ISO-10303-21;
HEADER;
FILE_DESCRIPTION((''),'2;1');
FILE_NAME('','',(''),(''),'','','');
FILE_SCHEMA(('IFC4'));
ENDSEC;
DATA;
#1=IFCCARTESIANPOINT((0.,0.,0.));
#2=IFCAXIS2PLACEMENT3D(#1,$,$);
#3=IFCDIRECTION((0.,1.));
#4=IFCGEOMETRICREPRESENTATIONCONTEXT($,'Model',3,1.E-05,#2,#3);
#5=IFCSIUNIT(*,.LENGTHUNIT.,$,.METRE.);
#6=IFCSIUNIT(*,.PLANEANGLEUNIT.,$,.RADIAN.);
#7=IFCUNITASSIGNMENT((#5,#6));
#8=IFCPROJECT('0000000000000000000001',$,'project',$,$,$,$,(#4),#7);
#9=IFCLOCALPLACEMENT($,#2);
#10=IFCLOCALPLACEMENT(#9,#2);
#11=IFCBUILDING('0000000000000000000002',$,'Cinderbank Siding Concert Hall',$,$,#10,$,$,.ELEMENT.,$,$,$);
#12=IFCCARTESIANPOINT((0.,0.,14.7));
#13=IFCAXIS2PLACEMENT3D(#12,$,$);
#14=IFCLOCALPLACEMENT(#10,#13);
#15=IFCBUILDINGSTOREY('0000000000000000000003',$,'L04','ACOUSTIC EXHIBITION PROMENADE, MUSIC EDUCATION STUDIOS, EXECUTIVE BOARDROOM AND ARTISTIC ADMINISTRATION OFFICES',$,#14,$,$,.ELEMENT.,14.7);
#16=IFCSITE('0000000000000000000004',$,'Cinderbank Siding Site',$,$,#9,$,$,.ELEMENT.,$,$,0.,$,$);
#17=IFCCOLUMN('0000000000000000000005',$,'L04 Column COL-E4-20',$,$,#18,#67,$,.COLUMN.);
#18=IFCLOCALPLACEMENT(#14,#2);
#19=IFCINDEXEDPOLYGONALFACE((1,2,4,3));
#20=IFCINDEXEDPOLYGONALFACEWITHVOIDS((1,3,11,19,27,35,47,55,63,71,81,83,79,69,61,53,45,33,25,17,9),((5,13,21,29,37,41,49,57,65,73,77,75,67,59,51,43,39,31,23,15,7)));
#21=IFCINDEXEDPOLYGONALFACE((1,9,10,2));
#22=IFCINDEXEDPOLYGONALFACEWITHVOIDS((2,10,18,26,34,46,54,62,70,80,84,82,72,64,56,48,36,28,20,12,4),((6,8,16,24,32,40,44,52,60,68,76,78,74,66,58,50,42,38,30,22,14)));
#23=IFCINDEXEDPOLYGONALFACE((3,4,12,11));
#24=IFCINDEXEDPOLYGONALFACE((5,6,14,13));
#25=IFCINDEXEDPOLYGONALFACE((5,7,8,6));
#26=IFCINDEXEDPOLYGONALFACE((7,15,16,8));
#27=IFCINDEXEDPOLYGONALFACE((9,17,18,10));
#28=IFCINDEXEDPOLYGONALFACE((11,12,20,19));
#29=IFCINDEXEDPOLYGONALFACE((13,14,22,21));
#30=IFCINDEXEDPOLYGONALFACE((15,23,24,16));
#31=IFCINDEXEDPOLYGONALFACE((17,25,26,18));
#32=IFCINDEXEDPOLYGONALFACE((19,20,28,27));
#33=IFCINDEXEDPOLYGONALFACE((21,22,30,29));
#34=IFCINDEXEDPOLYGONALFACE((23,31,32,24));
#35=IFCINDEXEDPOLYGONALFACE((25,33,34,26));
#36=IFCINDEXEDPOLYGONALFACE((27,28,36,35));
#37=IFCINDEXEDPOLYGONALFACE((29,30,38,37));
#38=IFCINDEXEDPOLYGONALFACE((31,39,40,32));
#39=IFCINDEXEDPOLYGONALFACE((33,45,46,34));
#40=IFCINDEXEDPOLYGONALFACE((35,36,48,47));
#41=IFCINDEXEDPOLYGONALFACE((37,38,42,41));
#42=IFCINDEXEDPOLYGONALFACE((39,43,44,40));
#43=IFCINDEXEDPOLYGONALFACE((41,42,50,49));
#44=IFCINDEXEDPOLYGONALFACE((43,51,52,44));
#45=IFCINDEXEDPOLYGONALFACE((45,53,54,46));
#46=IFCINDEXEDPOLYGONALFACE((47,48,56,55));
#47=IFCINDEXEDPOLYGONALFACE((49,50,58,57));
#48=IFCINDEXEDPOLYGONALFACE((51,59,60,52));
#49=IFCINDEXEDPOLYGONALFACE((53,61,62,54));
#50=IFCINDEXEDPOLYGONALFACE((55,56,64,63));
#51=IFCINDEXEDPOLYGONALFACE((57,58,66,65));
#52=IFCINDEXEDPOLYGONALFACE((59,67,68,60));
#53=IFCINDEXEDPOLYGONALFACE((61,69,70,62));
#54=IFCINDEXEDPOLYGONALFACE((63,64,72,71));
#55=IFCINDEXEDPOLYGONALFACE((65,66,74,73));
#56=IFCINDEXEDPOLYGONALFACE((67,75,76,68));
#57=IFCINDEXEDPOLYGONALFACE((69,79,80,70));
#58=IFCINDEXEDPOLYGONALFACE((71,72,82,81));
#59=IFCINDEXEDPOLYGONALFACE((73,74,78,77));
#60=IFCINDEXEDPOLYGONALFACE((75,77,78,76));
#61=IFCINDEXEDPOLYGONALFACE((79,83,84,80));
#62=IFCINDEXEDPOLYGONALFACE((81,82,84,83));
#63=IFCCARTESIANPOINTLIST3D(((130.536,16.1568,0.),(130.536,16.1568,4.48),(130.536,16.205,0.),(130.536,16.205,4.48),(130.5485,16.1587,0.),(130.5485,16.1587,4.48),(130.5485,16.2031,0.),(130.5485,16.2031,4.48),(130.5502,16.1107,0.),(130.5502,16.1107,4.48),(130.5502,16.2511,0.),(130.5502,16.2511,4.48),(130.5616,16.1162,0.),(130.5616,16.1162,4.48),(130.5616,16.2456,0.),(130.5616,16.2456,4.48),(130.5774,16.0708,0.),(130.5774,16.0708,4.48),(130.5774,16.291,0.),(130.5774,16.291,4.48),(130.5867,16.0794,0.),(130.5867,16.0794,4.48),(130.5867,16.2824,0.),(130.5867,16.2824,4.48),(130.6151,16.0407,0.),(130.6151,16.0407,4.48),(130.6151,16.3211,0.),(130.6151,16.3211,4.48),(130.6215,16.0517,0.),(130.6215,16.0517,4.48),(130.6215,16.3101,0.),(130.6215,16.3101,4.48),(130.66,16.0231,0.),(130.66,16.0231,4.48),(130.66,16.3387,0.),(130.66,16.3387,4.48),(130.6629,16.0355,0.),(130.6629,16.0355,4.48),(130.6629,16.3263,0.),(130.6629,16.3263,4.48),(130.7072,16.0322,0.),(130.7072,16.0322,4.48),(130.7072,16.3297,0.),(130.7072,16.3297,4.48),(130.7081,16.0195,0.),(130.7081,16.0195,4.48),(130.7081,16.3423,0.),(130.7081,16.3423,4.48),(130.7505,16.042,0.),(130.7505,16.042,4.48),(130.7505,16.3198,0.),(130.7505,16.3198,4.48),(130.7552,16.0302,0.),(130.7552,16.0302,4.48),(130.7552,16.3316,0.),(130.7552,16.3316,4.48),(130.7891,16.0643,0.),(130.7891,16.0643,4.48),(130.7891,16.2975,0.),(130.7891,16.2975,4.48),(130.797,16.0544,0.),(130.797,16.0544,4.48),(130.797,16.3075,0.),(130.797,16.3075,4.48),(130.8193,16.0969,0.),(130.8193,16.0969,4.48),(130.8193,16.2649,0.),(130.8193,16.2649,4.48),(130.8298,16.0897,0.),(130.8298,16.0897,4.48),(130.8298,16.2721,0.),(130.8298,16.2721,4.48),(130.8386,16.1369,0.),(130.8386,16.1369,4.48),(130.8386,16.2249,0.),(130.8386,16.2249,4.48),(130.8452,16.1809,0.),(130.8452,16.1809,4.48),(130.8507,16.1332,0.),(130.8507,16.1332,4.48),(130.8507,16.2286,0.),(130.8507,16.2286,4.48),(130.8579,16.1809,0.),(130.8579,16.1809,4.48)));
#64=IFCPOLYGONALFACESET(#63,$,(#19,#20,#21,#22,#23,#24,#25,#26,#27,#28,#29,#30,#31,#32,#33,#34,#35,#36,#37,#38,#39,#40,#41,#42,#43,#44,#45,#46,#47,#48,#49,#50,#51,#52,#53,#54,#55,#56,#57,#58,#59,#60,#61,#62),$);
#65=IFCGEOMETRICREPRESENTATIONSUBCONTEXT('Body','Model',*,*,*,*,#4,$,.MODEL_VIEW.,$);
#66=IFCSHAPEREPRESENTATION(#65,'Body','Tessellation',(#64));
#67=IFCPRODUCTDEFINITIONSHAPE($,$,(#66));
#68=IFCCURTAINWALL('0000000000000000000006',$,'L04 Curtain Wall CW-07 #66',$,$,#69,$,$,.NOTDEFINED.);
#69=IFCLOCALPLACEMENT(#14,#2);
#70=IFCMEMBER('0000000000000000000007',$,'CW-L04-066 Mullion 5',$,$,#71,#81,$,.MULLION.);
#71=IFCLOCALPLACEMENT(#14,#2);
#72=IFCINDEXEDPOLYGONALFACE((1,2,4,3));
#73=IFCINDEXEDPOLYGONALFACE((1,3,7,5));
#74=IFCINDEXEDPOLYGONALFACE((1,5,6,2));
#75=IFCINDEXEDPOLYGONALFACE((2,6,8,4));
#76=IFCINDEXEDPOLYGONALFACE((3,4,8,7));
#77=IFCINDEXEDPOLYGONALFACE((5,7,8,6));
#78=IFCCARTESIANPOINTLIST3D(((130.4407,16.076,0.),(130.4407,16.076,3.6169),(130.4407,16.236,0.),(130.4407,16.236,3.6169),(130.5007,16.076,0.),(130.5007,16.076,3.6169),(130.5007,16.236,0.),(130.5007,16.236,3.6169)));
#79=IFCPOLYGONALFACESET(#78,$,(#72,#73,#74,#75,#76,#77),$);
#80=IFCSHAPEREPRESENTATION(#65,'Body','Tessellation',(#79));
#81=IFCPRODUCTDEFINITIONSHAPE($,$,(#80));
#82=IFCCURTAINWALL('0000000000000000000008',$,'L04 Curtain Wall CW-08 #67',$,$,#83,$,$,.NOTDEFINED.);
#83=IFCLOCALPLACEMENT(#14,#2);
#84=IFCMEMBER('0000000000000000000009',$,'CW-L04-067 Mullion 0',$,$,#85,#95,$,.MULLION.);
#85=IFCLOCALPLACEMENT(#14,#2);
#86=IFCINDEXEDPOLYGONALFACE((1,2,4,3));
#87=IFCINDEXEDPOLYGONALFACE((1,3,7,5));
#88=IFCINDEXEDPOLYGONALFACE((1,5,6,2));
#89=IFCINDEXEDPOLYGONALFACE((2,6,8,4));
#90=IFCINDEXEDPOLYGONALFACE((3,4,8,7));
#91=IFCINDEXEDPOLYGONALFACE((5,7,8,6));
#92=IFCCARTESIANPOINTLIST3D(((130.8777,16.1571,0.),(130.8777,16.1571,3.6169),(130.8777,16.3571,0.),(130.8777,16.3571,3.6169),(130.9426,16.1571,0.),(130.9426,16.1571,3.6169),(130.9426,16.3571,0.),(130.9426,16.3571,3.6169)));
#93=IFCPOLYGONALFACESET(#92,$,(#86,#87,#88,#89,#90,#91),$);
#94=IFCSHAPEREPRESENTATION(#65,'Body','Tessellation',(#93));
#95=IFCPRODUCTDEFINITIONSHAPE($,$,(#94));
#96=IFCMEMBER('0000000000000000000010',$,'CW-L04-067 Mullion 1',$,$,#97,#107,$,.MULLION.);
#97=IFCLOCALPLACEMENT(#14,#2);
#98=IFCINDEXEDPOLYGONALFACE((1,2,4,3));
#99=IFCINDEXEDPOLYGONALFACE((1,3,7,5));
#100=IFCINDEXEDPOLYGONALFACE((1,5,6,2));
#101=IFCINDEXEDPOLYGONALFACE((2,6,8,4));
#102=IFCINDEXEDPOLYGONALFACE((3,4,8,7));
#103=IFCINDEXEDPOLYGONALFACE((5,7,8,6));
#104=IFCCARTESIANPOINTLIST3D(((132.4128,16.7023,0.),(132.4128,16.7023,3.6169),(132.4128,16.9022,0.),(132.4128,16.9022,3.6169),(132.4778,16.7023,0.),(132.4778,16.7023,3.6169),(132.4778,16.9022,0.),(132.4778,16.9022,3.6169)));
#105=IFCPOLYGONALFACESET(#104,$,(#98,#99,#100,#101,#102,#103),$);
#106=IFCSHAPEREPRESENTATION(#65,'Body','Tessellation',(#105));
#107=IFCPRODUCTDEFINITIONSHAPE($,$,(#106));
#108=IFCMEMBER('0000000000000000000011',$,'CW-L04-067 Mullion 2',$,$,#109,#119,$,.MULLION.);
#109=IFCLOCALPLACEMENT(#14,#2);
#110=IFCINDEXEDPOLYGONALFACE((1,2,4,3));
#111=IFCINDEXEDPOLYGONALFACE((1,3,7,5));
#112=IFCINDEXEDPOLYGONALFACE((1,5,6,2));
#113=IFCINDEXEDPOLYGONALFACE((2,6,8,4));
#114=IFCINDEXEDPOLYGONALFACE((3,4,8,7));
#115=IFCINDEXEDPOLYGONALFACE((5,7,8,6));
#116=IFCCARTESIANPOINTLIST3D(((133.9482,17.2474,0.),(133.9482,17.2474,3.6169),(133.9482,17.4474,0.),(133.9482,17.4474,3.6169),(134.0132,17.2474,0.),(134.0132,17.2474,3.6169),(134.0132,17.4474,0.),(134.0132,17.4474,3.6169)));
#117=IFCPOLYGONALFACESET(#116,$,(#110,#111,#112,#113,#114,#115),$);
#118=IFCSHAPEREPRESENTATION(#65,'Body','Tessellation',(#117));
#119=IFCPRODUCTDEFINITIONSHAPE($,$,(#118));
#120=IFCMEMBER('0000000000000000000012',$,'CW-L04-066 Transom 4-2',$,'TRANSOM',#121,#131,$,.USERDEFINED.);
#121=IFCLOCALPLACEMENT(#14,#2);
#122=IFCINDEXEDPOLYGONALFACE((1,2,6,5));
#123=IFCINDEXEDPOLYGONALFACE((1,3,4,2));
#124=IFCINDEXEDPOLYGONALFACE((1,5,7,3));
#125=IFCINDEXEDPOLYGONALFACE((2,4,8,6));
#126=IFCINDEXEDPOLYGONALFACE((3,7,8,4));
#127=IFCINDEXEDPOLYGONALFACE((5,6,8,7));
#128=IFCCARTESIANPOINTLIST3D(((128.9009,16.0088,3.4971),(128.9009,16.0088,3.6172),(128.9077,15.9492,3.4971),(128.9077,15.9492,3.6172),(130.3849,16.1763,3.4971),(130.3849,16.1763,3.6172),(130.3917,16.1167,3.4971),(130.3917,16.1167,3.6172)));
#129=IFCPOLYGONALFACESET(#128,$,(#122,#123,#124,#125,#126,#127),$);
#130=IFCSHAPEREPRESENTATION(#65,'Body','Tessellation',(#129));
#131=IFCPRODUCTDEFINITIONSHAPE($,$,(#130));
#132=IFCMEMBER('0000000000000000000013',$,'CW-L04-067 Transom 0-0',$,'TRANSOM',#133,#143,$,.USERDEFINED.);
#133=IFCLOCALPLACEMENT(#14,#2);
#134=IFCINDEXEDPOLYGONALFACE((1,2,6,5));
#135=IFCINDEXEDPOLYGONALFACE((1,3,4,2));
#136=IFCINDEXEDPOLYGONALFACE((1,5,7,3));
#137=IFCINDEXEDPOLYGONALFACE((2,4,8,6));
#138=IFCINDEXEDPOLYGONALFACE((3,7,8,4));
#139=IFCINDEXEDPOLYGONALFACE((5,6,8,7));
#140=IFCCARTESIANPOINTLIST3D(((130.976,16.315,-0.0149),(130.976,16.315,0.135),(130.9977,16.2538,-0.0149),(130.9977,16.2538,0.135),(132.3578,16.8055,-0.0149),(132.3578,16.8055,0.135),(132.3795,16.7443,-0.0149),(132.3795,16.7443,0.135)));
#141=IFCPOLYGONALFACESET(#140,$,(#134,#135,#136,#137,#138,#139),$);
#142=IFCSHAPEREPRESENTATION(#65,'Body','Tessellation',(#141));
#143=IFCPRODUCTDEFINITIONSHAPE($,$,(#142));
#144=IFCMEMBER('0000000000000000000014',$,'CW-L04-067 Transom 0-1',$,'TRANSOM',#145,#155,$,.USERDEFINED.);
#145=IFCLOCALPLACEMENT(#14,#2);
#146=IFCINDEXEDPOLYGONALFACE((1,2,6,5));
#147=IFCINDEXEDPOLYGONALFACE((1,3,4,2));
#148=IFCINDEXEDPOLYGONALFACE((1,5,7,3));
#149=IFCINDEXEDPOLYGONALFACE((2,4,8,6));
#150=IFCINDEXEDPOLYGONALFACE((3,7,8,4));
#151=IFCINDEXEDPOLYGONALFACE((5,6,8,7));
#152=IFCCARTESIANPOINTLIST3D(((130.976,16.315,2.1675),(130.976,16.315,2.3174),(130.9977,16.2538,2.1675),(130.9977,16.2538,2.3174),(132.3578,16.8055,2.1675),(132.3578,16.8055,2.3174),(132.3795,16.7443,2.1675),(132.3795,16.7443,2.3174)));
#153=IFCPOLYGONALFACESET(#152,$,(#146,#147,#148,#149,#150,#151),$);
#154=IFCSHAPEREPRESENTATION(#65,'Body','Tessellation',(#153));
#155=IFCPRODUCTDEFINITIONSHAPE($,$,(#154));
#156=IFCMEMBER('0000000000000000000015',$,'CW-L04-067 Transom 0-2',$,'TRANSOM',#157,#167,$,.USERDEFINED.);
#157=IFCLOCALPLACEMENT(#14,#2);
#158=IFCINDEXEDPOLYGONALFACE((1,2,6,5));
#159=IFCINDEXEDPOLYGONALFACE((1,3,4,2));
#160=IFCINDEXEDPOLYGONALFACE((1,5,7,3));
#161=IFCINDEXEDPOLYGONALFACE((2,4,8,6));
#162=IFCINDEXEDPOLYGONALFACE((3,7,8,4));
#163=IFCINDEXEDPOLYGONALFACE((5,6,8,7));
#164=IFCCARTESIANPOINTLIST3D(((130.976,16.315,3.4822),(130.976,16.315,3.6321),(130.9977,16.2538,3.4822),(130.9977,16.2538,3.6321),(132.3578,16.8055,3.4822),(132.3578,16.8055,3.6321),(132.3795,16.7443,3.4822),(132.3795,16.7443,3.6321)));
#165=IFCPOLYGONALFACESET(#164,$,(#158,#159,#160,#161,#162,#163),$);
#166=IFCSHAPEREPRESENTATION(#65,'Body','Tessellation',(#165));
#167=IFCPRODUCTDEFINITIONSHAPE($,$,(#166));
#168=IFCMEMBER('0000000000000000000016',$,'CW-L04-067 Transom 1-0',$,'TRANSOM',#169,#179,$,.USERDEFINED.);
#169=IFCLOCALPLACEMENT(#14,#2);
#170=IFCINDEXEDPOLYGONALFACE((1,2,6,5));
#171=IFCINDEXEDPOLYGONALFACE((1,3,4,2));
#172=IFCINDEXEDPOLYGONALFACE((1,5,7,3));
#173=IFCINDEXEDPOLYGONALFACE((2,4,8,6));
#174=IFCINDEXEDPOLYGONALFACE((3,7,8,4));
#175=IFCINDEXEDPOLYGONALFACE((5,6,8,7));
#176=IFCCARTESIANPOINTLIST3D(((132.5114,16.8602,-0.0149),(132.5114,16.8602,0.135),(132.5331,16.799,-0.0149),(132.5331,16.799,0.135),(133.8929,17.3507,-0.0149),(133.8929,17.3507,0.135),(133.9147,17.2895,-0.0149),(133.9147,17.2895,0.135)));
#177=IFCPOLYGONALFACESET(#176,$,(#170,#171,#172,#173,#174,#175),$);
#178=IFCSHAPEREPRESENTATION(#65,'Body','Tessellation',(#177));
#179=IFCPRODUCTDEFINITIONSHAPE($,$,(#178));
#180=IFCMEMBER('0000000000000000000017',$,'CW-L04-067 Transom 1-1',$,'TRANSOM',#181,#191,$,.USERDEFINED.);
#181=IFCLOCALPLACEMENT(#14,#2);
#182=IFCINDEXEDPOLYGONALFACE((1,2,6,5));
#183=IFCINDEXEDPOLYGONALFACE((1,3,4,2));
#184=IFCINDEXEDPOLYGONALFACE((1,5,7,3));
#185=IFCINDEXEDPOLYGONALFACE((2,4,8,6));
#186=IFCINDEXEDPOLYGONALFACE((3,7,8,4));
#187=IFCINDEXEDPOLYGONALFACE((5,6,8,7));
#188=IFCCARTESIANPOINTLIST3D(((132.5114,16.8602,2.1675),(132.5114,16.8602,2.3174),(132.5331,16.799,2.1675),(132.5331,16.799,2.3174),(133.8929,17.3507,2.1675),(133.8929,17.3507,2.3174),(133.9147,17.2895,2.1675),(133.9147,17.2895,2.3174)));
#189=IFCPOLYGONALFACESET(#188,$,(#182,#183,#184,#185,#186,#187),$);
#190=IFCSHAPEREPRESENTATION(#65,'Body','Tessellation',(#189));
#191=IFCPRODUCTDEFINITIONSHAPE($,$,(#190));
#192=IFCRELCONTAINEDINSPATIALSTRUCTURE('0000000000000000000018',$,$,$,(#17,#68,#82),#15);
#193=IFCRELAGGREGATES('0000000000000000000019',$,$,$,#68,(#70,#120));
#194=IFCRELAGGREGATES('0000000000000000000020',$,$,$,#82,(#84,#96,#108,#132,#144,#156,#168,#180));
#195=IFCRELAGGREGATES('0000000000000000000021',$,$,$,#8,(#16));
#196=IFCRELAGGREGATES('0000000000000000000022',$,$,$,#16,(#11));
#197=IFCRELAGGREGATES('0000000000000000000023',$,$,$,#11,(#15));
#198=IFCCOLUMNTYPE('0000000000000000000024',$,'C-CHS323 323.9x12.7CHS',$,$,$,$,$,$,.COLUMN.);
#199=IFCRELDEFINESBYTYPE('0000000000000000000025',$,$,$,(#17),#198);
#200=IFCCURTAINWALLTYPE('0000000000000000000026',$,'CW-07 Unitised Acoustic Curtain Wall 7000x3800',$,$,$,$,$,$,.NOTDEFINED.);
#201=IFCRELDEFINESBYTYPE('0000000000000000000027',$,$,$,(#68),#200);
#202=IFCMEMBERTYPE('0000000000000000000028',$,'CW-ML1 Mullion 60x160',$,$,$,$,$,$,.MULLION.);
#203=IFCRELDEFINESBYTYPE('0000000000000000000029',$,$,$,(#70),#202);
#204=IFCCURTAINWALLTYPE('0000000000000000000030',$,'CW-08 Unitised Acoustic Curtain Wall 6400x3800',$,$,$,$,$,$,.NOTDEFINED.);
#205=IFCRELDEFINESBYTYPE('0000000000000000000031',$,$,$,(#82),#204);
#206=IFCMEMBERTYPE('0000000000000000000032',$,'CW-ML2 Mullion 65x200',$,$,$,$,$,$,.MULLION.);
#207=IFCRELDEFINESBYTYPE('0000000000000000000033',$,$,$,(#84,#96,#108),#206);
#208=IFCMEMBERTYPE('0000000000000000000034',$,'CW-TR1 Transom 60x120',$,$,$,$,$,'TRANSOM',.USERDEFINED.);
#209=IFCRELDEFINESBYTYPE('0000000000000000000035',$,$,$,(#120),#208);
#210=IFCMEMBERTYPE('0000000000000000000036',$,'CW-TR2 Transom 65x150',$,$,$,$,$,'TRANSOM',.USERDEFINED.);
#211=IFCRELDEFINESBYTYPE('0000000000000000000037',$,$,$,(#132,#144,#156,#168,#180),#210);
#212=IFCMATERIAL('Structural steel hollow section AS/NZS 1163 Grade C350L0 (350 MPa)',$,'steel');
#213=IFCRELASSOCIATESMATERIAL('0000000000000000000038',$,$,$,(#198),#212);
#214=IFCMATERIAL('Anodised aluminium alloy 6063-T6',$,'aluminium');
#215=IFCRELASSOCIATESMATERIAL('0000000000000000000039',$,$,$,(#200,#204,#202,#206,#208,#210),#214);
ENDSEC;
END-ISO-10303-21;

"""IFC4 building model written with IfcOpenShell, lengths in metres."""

from ifc_helpers import new_model, si_unit, direction, frame, origin, origin_2d, place, context, subcontext, project, spatial, rectangle, hollow_circle, extrude, material, material_profile, profile_set, type_object, element, aggregate, save


model = new_model("IFC4")

# Units and contexts
model_context = context("Model", 3, precision=1e-05, world=origin(), true_north=direction((0.0, 1.0)))
body_context = subcontext(model_context, "Body", "Model", "MODEL_VIEW")
ifc_project = project(units=[si_unit("LENGTHUNIT", "METRE"), si_unit("PLANEANGLEUNIT", "RADIAN")], contexts=[model_context])

# Site, building, storey
site_placement = place(None, origin())
site = spatial("IfcSite", under=ifc_project, at=site_placement, Name="Cinderbank Siding Site", CompositionType="ELEMENT", RefElevation=0.0)
building_placement = place(site_placement, origin())
building = spatial("IfcBuilding", under=site, at=building_placement, Name="Cinderbank Siding Concert Hall", CompositionType="ELEMENT")
storey_placement = place(building_placement, frame((0.0, 0.0, 14.7)))
storey = spatial("IfcBuildingStorey", under=building, at=storey_placement, Name="L04", Description="ACOUSTIC EXHIBITION PROMENADE, MUSIC EDUCATION STUDIOS, EXECUTIVE BOARDROOM AND ARTISTIC ADMINISTRATION OFFICES", CompositionType="ELEMENT", Elevation=14.7)

# Column
ifc_material_1 = material(Name="Structural steel hollow section AS/NZS 1163 Grade C350L0 (350 MPa)", Category="steel")
ifc_material_profile_1 = material_profile(ifc_material_1, hollow_circle(Radius=0.1619, WallThickness=0.0127, at=origin_2d()), Name="323.9x12.7CHS", Category="LoadBearing")
ifc_profile_set_1 = profile_set([ifc_material_profile_1], Name="Structural steel hollow section AS/NZS 1163 Grade C350L0 (350 MPa)")
column_type = type_object("IfcColumnType", Name="C-CHS323 323.9x12.7CHS", PredefinedType="COLUMN", material=ifc_profile_set_1)
column_placement = place(storey_placement, frame((130.696, 16.1809, 0.0), z_axis=(0.0, 0.0, 1.0), x_axis=(1.0, 0.0, 0.0)))
element("IfcColumn", 1, at=column_placement, inside=storey, type_object=column_type, Name="L04 Column COL-E4-20", PredefinedType="COLUMN", context=body_context, shape_type="SweptSolid", body=[
    extrude(hollow_circle(Radius=0.1619, WallThickness=0.0127, at=origin_2d()), origin(), (0.0, 0.0, 1.0), 4.48),
])

# Curtain wall, member
ifc_material_2 = material(Name="Anodised aluminium alloy 6063-T6", Category="aluminium")
curtain_wall_type_1 = type_object("IfcCurtainWallType", Name="CW-07 Unitised Acoustic Curtain Wall 7000x3800", PredefinedType="NOTDEFINED", material=ifc_material_2)
curtain_wall_1_placement = place(storey_placement, origin())
curtain_wall_1 = element("IfcCurtainWall", 2, at=curtain_wall_1_placement, inside=storey, type_object=curtain_wall_type_1, Name="L04 Curtain Wall CW-07 #66", PredefinedType="NOTDEFINED")
ifc_material_profile_2 = material_profile(ifc_material_2, rectangle(XDim=0.0601, YDim=0.1599, at=origin_2d()), Name="ALU-MULL-60x160", Category="LoadBearing")
ifc_profile_set_2 = profile_set([ifc_material_profile_2], Name="Anodised aluminium alloy 6063-T6")
member_type_1 = type_object("IfcMemberType", Name="CW-ML1 Mullion 60x160", PredefinedType="MULLION", material=ifc_profile_set_2)
member_1_placement = place(storey_placement, frame((130.4707, 16.156, 0.0), z_axis=(0.0, 0.0, 1.0), x_axis=(1.0, 0.0, 0.0)))
member_1 = element("IfcMember", 3, at=member_1_placement, type_object=member_type_1, Name="CW-L04-066 Mullion 5", PredefinedType="MULLION", context=body_context, shape_type="SweptSolid", body=[
    extrude(rectangle(XDim=0.0601, YDim=0.1599, at=origin_2d()), origin(), (0.0, 0.0, 1.0), 3.6169),
])

# Curtain wall, members
curtain_wall_type_2 = type_object("IfcCurtainWallType", Name="CW-08 Unitised Acoustic Curtain Wall 6400x3800", PredefinedType="NOTDEFINED", material=ifc_material_2)
curtain_wall_2_placement = place(storey_placement, origin())
curtain_wall_2 = element("IfcCurtainWall", 4, at=curtain_wall_2_placement, inside=storey, type_object=curtain_wall_type_2, Name="L04 Curtain Wall CW-08 #67", PredefinedType="NOTDEFINED")
ifc_material_profile_3 = material_profile(ifc_material_2, rectangle(XDim=0.0649, YDim=0.2, at=origin_2d()), Name="ALU-MULL-65x200", Category="LoadBearing")
ifc_profile_set_3 = profile_set([ifc_material_profile_3], Name="Anodised aluminium alloy 6063-T6")
member_type_2 = type_object("IfcMemberType", Name="CW-ML2 Mullion 65x200", PredefinedType="MULLION", material=ifc_profile_set_3)
member_2_placement = place(storey_placement, frame((130.9102, 16.2571, 0.0), z_axis=(0.0, 0.0, 1.0), x_axis=(1.0, 0.0, 0.0)))
member_2 = element("IfcMember", 5, at=member_2_placement, type_object=member_type_2, Name="CW-L04-067 Mullion 0", PredefinedType="MULLION", context=body_context, shape_type="SweptSolid", body=[
    extrude(rectangle(XDim=0.0649, YDim=0.2, at=origin_2d()), origin(), (0.0, 0.0, 1.0), 3.6169),
])
member_3_placement = place(storey_placement, frame((132.4453, 16.8022, 0.0), z_axis=(0.0, 0.0, 1.0), x_axis=(1.0, 0.0, 0.0)))
member_3 = element("IfcMember", 6, at=member_3_placement, type_object=member_type_2, Name="CW-L04-067 Mullion 1", PredefinedType="MULLION", context=body_context, shape_type="SweptSolid", body=[
    extrude(rectangle(XDim=0.0649, YDim=0.2, at=origin_2d()), origin(), (0.0, 0.0, 1.0), 3.6169),
])
member_4_placement = place(storey_placement, frame((133.9807, 17.3474, 0.0), z_axis=(0.0, 0.0, 1.0), x_axis=(1.0, 0.0, 0.0)))
member_4 = element("IfcMember", 7, at=member_4_placement, type_object=member_type_2, Name="CW-L04-067 Mullion 2", PredefinedType="MULLION", context=body_context, shape_type="SweptSolid", body=[
    extrude(rectangle(XDim=0.0649, YDim=0.2, at=origin_2d()), origin(), (0.0, 0.0, 1.0), 3.6169),
])

# Members
ifc_material_profile_4 = material_profile(ifc_material_2, rectangle(XDim=0.0601, YDim=0.1201, at=origin_2d()), Name="ALU-TRAN-60x120", Category="LoadBearing")
ifc_profile_set_4 = profile_set([ifc_material_profile_4], Name="Anodised aluminium alloy 6063-T6")
member_type_3 = type_object("IfcMemberType", Name="CW-TR1 Transom 60x120", ElementType="TRANSOM", PredefinedType="USERDEFINED", material=ifc_profile_set_4)
member_5_placement = place(storey_placement, frame((128.9043, 15.979, 3.5571), z_axis=(0.993691, 0.112154, 0.0), x_axis=(-0.112154, 0.993691, 0.0)))
member_5 = element("IfcMember", 8, at=member_5_placement, type_object=member_type_3, Name="CW-L04-066 Transom 4-2", ObjectType="TRANSOM", PredefinedType="USERDEFINED", context=body_context, shape_type="SweptSolid", body=[
    extrude(rectangle(XDim=0.0601, YDim=0.1201, at=origin_2d()), origin(), (0.0, 0.0, 1.0), 1.4934),
])
ifc_material_profile_5 = material_profile(ifc_material_2, rectangle(XDim=0.0649, YDim=0.1499, at=origin_2d()), Name="ALU-TRAN-65x150", Category="LoadBearing")
ifc_profile_set_5 = profile_set([ifc_material_profile_5], Name="Anodised aluminium alloy 6063-T6")
member_type_4 = type_object("IfcMemberType", Name="CW-TR2 Transom 65x150", ElementType="TRANSOM", PredefinedType="USERDEFINED", material=ifc_profile_set_5)
member_6_placement = place(storey_placement, frame((130.9868, 16.2844, 0.0601), z_axis=(0.942396, 0.3345, 0.0), x_axis=(-0.3345, 0.942396, 0.0)))
member_6 = element("IfcMember", 9, at=member_6_placement, type_object=member_type_4, Name="CW-L04-067 Transom 0-0", ObjectType="TRANSOM", PredefinedType="USERDEFINED", context=body_context, shape_type="SweptSolid", body=[
    extrude(rectangle(XDim=0.0649, YDim=0.1499, at=origin_2d()), origin(), (0.0, 0.0, 1.0), 1.4663),
])
member_7_placement = place(storey_placement, frame((130.9868, 16.2844, 2.2424), z_axis=(0.942396, 0.3345, 0.0), x_axis=(-0.3345, 0.942396, 0.0)))
member_7 = element("IfcMember", 10, at=member_7_placement, type_object=member_type_4, Name="CW-L04-067 Transom 0-1", ObjectType="TRANSOM", PredefinedType="USERDEFINED", context=body_context, shape_type="SweptSolid", body=[
    extrude(rectangle(XDim=0.0649, YDim=0.1499, at=origin_2d()), origin(), (0.0, 0.0, 1.0), 1.4663),
])
member_8_placement = place(storey_placement, frame((130.9868, 16.2844, 3.5571), z_axis=(0.942396, 0.3345, 0.0), x_axis=(-0.3345, 0.942396, 0.0)))
member_8 = element("IfcMember", 11, at=member_8_placement, type_object=member_type_4, Name="CW-L04-067 Transom 0-2", ObjectType="TRANSOM", PredefinedType="USERDEFINED", context=body_context, shape_type="SweptSolid", body=[
    extrude(rectangle(XDim=0.0649, YDim=0.1499, at=origin_2d()), origin(), (0.0, 0.0, 1.0), 1.4663),
])
member_9_placement = place(storey_placement, frame((132.5222, 16.8296, 0.0601), z_axis=(0.942377, 0.334553, 0.0), x_axis=(-0.334553, 0.942377, 0.0)))
member_9 = element("IfcMember", 12, at=member_9_placement, type_object=member_type_4, Name="CW-L04-067 Transom 1-0", ObjectType="TRANSOM", PredefinedType="USERDEFINED", context=body_context, shape_type="SweptSolid", body=[
    extrude(rectangle(XDim=0.0649, YDim=0.1499, at=origin_2d()), origin(), (0.0, 0.0, 1.0), 1.4661),
])
member_10_placement = place(storey_placement, frame((132.5222, 16.8296, 2.2424), z_axis=(0.942377, 0.334553, 0.0), x_axis=(-0.334553, 0.942377, 0.0)))
member_10 = element("IfcMember", 13, at=member_10_placement, type_object=member_type_4, Name="CW-L04-067 Transom 1-1", ObjectType="TRANSOM", PredefinedType="USERDEFINED", context=body_context, shape_type="SweptSolid", body=[
    extrude(rectangle(XDim=0.0649, YDim=0.1499, at=origin_2d()), origin(), (0.0, 0.0, 1.0), 1.4661),
])

aggregate(curtain_wall_1, [member_1, member_5])
aggregate(curtain_wall_2, [member_2, member_3, member_4, member_6, member_7, member_8, member_9, member_10])

save(model, "model.ifc")
